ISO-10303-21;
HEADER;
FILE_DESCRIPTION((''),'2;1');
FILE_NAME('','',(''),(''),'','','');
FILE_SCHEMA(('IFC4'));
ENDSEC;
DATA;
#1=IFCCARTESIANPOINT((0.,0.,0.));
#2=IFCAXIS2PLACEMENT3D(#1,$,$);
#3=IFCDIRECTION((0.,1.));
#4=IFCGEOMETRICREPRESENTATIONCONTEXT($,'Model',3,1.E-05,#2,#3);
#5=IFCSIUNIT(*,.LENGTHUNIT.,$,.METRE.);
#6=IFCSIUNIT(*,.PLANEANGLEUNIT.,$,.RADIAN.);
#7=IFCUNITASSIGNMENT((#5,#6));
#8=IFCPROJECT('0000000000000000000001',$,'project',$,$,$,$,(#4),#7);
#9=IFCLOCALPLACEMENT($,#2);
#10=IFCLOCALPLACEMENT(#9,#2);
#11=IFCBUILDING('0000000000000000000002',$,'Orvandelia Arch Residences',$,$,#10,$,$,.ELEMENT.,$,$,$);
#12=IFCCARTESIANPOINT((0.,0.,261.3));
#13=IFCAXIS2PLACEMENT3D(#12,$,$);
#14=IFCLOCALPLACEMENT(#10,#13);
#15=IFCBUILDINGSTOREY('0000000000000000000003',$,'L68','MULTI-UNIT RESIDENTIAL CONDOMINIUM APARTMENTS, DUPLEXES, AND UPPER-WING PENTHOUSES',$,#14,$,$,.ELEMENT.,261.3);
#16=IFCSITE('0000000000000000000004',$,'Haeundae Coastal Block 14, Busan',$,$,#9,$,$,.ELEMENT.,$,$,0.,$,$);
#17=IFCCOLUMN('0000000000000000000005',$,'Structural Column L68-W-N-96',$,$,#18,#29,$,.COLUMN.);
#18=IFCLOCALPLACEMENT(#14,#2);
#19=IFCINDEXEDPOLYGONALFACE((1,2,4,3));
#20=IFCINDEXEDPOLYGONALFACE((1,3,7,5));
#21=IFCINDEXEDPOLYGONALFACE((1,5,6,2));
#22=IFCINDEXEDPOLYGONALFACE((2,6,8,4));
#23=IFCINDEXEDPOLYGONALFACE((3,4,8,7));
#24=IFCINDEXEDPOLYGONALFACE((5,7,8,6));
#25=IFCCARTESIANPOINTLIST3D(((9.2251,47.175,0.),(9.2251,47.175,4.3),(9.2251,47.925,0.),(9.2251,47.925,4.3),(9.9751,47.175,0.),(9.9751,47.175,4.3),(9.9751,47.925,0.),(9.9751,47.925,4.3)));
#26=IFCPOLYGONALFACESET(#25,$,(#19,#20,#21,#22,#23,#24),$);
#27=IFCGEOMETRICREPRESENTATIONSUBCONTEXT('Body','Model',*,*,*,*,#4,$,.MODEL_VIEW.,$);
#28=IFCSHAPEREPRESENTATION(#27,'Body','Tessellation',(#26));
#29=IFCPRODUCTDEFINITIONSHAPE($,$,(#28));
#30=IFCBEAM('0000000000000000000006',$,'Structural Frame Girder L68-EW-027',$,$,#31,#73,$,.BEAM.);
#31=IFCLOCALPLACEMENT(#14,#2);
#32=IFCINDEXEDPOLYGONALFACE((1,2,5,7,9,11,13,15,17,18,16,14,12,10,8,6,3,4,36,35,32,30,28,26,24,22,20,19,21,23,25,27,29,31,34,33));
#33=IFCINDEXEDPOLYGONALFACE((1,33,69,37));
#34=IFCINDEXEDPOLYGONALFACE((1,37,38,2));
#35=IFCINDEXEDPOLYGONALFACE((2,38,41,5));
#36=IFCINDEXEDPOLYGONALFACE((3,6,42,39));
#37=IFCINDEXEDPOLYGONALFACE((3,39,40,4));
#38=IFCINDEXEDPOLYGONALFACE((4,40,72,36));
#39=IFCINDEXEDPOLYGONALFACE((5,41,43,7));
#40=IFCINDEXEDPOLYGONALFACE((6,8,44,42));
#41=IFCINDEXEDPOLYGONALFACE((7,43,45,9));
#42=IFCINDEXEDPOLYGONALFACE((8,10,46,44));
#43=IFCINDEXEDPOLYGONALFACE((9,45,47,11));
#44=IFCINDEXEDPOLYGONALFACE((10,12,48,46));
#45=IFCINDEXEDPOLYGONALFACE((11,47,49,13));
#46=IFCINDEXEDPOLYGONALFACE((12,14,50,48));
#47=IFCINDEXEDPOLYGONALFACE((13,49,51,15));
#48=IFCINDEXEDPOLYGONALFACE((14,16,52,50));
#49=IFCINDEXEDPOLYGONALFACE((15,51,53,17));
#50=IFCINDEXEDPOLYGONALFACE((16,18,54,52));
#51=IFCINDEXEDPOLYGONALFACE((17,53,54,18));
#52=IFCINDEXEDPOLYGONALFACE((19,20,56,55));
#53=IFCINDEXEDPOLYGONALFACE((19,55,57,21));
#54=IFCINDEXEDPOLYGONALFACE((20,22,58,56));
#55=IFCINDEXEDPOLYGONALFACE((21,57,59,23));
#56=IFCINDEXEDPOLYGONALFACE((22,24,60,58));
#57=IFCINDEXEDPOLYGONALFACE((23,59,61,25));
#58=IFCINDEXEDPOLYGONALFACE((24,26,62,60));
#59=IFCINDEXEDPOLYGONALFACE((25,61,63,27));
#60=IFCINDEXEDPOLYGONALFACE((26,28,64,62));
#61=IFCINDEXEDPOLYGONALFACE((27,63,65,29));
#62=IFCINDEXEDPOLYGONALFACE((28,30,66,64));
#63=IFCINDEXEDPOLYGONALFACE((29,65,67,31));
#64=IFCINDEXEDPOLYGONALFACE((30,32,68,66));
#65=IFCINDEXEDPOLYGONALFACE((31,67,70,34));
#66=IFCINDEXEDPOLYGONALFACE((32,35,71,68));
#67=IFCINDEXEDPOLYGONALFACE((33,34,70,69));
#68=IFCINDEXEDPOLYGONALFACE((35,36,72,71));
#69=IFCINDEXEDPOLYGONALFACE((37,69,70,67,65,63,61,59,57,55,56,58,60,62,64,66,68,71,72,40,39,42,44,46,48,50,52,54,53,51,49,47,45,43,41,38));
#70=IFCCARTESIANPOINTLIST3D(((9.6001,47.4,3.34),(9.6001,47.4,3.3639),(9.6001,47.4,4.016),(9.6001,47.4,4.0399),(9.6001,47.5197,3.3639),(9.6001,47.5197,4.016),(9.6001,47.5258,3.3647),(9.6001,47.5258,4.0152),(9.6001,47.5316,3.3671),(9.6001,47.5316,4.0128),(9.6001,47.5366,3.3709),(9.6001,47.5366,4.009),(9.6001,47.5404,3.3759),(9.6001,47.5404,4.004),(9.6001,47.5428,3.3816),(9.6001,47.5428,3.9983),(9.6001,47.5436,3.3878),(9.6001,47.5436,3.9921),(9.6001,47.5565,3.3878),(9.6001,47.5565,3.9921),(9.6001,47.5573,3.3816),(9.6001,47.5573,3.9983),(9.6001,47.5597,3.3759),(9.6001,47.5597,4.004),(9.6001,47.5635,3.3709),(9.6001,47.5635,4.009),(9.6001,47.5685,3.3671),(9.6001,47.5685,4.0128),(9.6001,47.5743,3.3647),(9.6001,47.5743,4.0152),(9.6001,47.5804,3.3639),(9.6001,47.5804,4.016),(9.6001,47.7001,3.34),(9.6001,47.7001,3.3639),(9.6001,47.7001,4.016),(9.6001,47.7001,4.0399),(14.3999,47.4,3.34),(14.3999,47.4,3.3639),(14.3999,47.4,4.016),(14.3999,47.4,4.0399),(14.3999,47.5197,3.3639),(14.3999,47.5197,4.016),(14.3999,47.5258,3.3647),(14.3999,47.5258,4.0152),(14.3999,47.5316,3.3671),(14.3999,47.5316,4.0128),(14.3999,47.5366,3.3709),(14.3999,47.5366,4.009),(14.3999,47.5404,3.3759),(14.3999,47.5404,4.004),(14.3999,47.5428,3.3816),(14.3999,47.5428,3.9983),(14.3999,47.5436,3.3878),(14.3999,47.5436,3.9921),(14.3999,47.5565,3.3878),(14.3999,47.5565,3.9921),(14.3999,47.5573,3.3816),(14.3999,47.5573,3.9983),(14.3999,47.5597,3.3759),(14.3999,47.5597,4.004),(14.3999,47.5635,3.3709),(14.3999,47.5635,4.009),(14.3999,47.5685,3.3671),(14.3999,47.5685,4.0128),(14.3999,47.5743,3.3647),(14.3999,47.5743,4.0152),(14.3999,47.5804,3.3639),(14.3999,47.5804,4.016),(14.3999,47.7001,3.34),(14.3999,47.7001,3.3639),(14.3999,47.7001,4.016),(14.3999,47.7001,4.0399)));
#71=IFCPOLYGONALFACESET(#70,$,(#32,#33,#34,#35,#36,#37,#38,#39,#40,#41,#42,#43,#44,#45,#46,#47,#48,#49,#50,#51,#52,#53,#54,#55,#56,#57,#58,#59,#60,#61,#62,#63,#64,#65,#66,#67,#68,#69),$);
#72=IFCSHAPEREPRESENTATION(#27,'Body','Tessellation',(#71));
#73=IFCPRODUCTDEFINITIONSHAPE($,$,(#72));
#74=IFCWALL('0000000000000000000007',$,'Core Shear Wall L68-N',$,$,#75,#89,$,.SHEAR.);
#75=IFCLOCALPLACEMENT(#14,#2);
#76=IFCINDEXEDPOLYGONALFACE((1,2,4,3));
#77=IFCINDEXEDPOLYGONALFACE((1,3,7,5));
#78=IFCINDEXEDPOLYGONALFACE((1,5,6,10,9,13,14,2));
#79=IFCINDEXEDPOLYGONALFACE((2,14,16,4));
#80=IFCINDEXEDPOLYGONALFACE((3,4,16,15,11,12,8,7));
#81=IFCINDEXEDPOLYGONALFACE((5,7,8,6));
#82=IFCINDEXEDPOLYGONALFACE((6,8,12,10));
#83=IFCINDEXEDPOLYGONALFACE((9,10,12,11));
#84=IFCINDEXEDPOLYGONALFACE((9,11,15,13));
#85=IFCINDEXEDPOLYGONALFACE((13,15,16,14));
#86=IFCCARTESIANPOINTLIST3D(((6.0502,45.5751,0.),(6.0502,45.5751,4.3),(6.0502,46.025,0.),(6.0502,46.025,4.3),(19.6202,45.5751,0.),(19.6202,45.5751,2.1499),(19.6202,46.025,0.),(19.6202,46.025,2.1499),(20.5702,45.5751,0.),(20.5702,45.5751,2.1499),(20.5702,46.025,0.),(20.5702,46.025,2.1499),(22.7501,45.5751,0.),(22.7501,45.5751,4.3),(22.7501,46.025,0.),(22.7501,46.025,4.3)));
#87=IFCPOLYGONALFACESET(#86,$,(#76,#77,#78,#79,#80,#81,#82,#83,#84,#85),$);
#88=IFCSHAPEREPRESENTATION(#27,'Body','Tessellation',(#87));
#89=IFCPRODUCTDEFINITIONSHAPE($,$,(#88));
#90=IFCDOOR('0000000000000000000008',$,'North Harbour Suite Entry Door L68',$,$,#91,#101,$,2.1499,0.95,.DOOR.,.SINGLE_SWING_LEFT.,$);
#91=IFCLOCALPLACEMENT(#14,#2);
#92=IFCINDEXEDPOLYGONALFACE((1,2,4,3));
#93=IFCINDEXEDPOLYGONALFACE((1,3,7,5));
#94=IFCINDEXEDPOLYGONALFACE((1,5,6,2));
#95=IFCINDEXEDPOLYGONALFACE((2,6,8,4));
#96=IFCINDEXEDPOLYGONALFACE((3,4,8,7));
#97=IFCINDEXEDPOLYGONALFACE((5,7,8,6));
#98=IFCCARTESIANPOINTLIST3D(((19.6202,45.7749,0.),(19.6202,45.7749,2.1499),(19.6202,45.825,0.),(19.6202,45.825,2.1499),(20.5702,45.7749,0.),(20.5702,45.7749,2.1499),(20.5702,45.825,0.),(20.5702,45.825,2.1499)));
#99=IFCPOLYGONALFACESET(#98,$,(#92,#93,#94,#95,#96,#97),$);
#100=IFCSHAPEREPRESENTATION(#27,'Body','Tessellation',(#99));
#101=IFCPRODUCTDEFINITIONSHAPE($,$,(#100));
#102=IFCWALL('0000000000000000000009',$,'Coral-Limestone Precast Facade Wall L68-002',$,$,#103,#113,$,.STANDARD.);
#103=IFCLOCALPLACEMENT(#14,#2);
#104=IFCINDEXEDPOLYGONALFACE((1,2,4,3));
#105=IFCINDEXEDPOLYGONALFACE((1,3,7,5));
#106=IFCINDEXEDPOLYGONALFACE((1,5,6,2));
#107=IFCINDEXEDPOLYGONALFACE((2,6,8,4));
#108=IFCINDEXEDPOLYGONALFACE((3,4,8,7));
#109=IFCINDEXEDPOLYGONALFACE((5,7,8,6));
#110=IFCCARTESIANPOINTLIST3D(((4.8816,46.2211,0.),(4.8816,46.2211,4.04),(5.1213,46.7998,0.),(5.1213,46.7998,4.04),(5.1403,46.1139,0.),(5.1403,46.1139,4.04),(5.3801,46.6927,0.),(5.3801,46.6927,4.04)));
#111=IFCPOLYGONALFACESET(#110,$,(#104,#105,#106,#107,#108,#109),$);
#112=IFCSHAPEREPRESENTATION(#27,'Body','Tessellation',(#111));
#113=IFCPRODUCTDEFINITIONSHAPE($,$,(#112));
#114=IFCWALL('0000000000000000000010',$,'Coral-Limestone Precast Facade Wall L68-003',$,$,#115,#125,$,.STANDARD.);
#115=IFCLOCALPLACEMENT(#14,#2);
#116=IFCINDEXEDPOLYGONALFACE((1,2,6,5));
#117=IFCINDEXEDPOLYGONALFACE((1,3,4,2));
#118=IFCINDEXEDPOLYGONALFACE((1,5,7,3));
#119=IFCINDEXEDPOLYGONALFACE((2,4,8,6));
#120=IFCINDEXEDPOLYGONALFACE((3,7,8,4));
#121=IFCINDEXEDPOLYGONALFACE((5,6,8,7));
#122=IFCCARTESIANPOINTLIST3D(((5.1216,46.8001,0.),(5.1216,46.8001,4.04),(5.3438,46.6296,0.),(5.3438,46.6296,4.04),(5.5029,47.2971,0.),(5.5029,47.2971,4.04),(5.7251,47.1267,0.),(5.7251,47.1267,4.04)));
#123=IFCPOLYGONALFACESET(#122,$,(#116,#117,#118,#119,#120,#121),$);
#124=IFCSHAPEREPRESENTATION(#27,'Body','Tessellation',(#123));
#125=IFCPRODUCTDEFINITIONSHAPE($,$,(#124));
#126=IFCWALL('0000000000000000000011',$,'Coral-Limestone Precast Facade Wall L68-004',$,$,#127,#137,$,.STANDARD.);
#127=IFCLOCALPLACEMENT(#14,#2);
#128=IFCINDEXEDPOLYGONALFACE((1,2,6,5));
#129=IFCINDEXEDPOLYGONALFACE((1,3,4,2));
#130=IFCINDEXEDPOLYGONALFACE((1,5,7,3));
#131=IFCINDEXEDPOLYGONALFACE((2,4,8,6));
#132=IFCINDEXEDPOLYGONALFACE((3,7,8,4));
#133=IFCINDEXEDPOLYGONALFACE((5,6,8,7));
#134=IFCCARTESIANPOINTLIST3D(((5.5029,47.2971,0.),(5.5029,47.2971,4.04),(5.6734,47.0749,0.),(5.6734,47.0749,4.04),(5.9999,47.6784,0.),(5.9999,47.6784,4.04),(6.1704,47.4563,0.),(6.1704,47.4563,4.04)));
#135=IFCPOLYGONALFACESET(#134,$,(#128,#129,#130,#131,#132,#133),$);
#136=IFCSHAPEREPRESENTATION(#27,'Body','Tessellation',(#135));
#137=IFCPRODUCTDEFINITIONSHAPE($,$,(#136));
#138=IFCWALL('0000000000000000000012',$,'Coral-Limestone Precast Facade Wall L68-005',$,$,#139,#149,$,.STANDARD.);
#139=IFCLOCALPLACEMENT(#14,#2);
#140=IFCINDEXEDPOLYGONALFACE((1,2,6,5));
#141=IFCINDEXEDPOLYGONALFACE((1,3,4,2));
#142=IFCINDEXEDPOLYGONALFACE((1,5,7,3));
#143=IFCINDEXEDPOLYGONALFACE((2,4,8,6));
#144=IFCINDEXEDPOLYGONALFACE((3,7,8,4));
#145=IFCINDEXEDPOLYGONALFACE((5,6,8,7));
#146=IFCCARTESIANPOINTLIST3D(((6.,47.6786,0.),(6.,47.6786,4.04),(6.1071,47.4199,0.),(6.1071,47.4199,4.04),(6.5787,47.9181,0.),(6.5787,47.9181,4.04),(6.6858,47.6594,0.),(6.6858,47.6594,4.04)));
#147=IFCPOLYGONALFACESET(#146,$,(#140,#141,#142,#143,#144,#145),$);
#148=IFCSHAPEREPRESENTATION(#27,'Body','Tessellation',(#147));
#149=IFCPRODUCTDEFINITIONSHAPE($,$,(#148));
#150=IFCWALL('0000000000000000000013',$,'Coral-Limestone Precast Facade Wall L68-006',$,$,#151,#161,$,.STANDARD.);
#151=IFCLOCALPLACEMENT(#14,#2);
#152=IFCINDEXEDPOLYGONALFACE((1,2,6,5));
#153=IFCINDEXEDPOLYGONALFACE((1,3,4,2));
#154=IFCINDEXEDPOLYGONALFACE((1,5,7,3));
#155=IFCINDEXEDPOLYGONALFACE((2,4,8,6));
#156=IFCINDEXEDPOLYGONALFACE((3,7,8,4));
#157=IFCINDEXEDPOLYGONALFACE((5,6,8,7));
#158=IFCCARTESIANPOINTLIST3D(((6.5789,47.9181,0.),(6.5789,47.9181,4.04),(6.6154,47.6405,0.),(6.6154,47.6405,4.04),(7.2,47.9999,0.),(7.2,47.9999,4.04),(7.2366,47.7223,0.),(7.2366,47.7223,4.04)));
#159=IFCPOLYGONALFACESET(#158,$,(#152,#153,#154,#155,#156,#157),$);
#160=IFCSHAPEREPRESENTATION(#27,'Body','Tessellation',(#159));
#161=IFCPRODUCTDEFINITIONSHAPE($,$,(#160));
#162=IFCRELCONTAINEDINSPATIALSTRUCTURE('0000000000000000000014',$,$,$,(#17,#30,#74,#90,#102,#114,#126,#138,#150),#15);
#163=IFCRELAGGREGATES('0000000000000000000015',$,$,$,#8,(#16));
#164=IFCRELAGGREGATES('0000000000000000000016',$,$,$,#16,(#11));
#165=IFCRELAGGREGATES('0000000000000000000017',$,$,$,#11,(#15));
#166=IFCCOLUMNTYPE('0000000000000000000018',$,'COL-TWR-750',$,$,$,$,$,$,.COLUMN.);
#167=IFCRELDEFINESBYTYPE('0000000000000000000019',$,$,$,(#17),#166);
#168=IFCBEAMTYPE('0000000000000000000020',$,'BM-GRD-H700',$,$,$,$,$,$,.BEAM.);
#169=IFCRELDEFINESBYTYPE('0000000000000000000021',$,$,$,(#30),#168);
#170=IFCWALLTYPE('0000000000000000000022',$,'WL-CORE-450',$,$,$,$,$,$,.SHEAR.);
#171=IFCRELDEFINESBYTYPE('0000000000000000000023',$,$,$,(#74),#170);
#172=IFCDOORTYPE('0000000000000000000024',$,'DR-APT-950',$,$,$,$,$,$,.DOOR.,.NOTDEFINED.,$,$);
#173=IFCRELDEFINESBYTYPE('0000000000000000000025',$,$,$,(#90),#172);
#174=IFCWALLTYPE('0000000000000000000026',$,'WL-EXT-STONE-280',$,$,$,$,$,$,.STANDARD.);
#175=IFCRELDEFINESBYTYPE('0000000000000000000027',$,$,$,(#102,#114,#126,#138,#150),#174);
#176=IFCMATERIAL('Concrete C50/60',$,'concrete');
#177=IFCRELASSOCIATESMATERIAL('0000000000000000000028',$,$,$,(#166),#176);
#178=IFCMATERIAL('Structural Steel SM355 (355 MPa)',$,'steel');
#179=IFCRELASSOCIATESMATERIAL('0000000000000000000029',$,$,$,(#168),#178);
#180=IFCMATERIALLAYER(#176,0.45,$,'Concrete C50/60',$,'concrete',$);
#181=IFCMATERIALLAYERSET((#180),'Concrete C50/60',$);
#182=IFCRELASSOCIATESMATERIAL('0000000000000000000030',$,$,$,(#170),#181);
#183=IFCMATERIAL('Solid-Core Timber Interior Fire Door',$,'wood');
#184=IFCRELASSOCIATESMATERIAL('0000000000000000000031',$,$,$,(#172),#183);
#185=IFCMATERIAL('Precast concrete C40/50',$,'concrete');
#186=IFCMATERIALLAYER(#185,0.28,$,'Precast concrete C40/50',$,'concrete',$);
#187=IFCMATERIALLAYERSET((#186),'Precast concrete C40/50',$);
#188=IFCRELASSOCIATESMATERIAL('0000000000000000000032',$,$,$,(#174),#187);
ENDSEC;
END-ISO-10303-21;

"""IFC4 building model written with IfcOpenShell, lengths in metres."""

from ifc_helpers import new_model, si_unit, direction, frame, frame_2d, origin, origin_2d, place, context, subcontext, project, spatial, rectangle, i_section, extrude, material, layer, layer_set, material_profile, profile_set, type_object, element, fill, save


model = new_model("IFC4")

# Units and contexts
model_context = context("Model", 3, precision=1e-05, world=origin(), true_north=direction((0.0, 1.0)))
body_context = subcontext(model_context, "Body", "Model", "MODEL_VIEW")
ifc_project = project(units=[si_unit("LENGTHUNIT", "METRE"), si_unit("PLANEANGLEUNIT", "RADIAN")], contexts=[model_context])

# Site, building, storey
site_placement = place(None, origin())
site = spatial("IfcSite", under=ifc_project, at=site_placement, Name="Haeundae Coastal Block 14, Busan", CompositionType="ELEMENT", RefElevation=0.0)
building_placement = place(site_placement, origin())
building = spatial("IfcBuilding", under=site, at=building_placement, Name="Orvandelia Arch Residences", CompositionType="ELEMENT")
storey_placement = place(building_placement, frame((0.0, 0.0, 261.3)))
storey = spatial("IfcBuildingStorey", under=building, at=storey_placement, Name="L68", Description="MULTI-UNIT RESIDENTIAL CONDOMINIUM APARTMENTS, DUPLEXES, AND UPPER-WING PENTHOUSES", CompositionType="ELEMENT", Elevation=261.3)

# Column
ifc_material_1 = material(Name="Concrete C50/60", Category="concrete")
ifc_material_profile_1 = material_profile(ifc_material_1, rectangle(XDim=0.75, YDim=0.75, at=origin_2d()), Name="Concrete C50/60", Category="concrete")
ifc_profile_set_1 = profile_set([ifc_material_profile_1], Name="Concrete C50/60")
column_type = type_object("IfcColumnType", Name="COL-TWR-750", PredefinedType="COLUMN", material=ifc_profile_set_1)
column_placement = place(storey_placement, frame((9.6001, 47.55, 0.0), z_axis=(0.0, 0.0, 1.0), x_axis=(1.0, 0.0, 0.0)))
element("IfcColumn", 1, at=column_placement, inside=storey, type_object=column_type, Name="Structural Column L68-W-N-96", PredefinedType="COLUMN", context=body_context, shape_type="SweptSolid", body=[
    extrude(rectangle(XDim=0.75, YDim=0.75, at=origin_2d()), origin(), (0.0, 0.0, 1.0), 4.3),
])

# Beam
ifc_material_2 = material(Name="Structural Steel SM355 (355 MPa)", Category="steel")
ifc_material_profile_2 = material_profile(ifc_material_2, i_section(OverallWidth=0.3, OverallDepth=0.7, WebThickness=0.0129, FlangeThickness=0.0239, FilletRadius=0.0239, at=origin_2d()), Name="Structural Steel SM355 (355 MPa)", Category="steel")
ifc_profile_set_2 = profile_set([ifc_material_profile_2], Name="Structural Steel SM355 (355 MPa)")
beam_type = type_object("IfcBeamType", Name="BM-GRD-H700", PredefinedType="BEAM", material=ifc_profile_set_2)
beam_placement = place(storey_placement, frame((9.6001, 47.55, 3.6899), z_axis=(1.0, 0.0, 0.0), x_axis=(0.0, 1.0, 0.0)))
element("IfcBeam", 2, at=beam_placement, inside=storey, type_object=beam_type, Name="Structural Frame Girder L68-EW-027", PredefinedType="BEAM", context=body_context, shape_type="SweptSolid", body=[
    extrude(i_section(OverallWidth=0.3, OverallDepth=0.7, WebThickness=0.0129, FlangeThickness=0.0239, FilletRadius=0.0239, at=origin_2d()), origin(), (0.0, 0.0, 1.0), 4.7998),
])

# Wall, opening, door
ifc_layer_1 = layer(ifc_material_1, 0.45, Name="Concrete C50/60", Category="concrete")
ifc_layer_set_1 = layer_set([ifc_layer_1], Name="Concrete C50/60")
wall_type_1 = type_object("IfcWallType", Name="WL-CORE-450", PredefinedType="SHEAR", material=ifc_layer_set_1)
wall_1_placement = place(storey_placement, frame((6.05, 45.8, 0.0), z_axis=(0.0, 0.0, 1.0), x_axis=(1.0, 0.0, 0.0)))
wall_1 = element("IfcWall", 3, at=wall_1_placement, inside=storey, type_object=wall_type_1, Name="Core Shear Wall L68-N", PredefinedType="SHEAR", context=body_context, shape_type="SweptSolid", body=[
    extrude(rectangle(XDim=16.7, YDim=0.45, at=frame_2d((8.3501, 0.0))), origin(), (0.0, 0.0, 1.0), 4.3),
])
opening_1_placement = place(wall_1_placement, frame((13.5701, 0.0, 0.0)))
opening_1 = element("IfcOpeningElement", 4, at=opening_1_placement, cuts=wall_1, PredefinedType="OPENING", context=body_context, shape_type="SweptSolid", body=[
    extrude(rectangle(XDim=0.95, YDim=2.1499, at=frame_2d((0.4751, 1.075))), frame((0.0, 0.2349, 0.0), z_axis=(0.0, -1.0, 0.0), x_axis=(1.0, 0.0, 0.0)), (0.0, 0.0, 1.0), 0.47),
])
ifc_material_3 = material(Name="Solid-Core Timber Interior Fire Door", Category="wood")
door_type = type_object("IfcDoorType", Name="DR-APT-950", OperationType="NOTDEFINED", PredefinedType="DOOR", material=ifc_material_3)
door_placement = place(opening_1_placement, origin())
door = element("IfcDoor", 5, at=door_placement, inside=storey, type_object=door_type, Name="North Harbour Suite Entry Door L68", OperationType="SINGLE_SWING_LEFT", OverallHeight=2.1499, OverallWidth=0.95, PredefinedType="DOOR", context=body_context, shape_type="SweptSolid", body=[
    extrude(rectangle(XDim=0.95, YDim=2.1499, at=frame_2d((0.4751, 1.075))), frame((0.0, 0.0249, 0.0), z_axis=(0.0, -1.0, 0.0), x_axis=(1.0, 0.0, 0.0)), (0.0, 0.0, 1.0), 0.05),
])
fill(opening_1, door)

# Walls
ifc_material_4 = material(Name="Precast concrete C40/50", Category="concrete")
ifc_layer_2 = layer(ifc_material_4, 0.28, Name="Precast concrete C40/50", Category="concrete")
ifc_layer_set_2 = layer_set([ifc_layer_2], Name="Precast concrete C40/50")
wall_type_2 = type_object("IfcWallType", Name="WL-EXT-STONE-280", PredefinedType="STANDARD", material=ifc_layer_set_2)
for number, where, z_axis, x_axis, name in (
    (6, (5.011, 46.1675, 0.0), (0.0, 0.0, 1.0), (0.38265, 0.923893, 0.0), "Coral-Limestone Precast Facade Wall L68-002"),
    (7, (5.2327, 46.7148, 0.0), (0.0, 0.0, 1.0), (0.608693, 0.793406, 0.0), "Coral-Limestone Precast Facade Wall L68-003"),
    (8, (5.5881, 47.186, 0.0), (0.0, 0.0, 1.0), (0.793406, 0.608693, 0.0), "Coral-Limestone Precast Facade Wall L68-004"),
):
    element("IfcWall", number, at=place(storey_placement, frame(where, z_axis=z_axis, x_axis=x_axis)), inside=storey, type_object=wall_type_2, Name=name, PredefinedType="STANDARD", context=body_context, shape_type="SweptSolid", body=[
        extrude(rectangle(XDim=0.6265, YDim=0.28, at=frame_2d((0.3132, 0.0))), origin(), (0.0, 0.0, 1.0), 4.04),
    ])
wall_2_placement = place(storey_placement, frame((6.0537, 47.5493, 0.0), z_axis=(0.0, 0.0, 1.0), x_axis=(0.923974, 0.382455, 0.0)))
element("IfcWall", 9, at=wall_2_placement, inside=storey, type_object=wall_type_2, Name="Coral-Limestone Precast Facade Wall L68-005", PredefinedType="STANDARD", context=body_context, shape_type="SweptSolid", body=[
    extrude(rectangle(XDim=0.6262, YDim=0.28, at=frame_2d((0.313, 0.0))), origin(), (0.0, 0.0, 1.0), 4.04),
])
wall_3_placement = place(storey_placement, frame((6.5972, 47.7793, 0.0), z_axis=(0.0, 0.0, 1.0), x_axis=(0.991441, 0.130555, 0.0)))
element("IfcWall", 10, at=wall_3_placement, inside=storey, type_object=wall_type_2, Name="Coral-Limestone Precast Facade Wall L68-006", PredefinedType="STANDARD", context=body_context, shape_type="SweptSolid", body=[
    extrude(rectangle(XDim=0.6265, YDim=0.28, at=frame_2d((0.3132, 0.0))), origin(), (0.0, 0.0, 1.0), 4.04),
])

save(model, "model.ifc")
